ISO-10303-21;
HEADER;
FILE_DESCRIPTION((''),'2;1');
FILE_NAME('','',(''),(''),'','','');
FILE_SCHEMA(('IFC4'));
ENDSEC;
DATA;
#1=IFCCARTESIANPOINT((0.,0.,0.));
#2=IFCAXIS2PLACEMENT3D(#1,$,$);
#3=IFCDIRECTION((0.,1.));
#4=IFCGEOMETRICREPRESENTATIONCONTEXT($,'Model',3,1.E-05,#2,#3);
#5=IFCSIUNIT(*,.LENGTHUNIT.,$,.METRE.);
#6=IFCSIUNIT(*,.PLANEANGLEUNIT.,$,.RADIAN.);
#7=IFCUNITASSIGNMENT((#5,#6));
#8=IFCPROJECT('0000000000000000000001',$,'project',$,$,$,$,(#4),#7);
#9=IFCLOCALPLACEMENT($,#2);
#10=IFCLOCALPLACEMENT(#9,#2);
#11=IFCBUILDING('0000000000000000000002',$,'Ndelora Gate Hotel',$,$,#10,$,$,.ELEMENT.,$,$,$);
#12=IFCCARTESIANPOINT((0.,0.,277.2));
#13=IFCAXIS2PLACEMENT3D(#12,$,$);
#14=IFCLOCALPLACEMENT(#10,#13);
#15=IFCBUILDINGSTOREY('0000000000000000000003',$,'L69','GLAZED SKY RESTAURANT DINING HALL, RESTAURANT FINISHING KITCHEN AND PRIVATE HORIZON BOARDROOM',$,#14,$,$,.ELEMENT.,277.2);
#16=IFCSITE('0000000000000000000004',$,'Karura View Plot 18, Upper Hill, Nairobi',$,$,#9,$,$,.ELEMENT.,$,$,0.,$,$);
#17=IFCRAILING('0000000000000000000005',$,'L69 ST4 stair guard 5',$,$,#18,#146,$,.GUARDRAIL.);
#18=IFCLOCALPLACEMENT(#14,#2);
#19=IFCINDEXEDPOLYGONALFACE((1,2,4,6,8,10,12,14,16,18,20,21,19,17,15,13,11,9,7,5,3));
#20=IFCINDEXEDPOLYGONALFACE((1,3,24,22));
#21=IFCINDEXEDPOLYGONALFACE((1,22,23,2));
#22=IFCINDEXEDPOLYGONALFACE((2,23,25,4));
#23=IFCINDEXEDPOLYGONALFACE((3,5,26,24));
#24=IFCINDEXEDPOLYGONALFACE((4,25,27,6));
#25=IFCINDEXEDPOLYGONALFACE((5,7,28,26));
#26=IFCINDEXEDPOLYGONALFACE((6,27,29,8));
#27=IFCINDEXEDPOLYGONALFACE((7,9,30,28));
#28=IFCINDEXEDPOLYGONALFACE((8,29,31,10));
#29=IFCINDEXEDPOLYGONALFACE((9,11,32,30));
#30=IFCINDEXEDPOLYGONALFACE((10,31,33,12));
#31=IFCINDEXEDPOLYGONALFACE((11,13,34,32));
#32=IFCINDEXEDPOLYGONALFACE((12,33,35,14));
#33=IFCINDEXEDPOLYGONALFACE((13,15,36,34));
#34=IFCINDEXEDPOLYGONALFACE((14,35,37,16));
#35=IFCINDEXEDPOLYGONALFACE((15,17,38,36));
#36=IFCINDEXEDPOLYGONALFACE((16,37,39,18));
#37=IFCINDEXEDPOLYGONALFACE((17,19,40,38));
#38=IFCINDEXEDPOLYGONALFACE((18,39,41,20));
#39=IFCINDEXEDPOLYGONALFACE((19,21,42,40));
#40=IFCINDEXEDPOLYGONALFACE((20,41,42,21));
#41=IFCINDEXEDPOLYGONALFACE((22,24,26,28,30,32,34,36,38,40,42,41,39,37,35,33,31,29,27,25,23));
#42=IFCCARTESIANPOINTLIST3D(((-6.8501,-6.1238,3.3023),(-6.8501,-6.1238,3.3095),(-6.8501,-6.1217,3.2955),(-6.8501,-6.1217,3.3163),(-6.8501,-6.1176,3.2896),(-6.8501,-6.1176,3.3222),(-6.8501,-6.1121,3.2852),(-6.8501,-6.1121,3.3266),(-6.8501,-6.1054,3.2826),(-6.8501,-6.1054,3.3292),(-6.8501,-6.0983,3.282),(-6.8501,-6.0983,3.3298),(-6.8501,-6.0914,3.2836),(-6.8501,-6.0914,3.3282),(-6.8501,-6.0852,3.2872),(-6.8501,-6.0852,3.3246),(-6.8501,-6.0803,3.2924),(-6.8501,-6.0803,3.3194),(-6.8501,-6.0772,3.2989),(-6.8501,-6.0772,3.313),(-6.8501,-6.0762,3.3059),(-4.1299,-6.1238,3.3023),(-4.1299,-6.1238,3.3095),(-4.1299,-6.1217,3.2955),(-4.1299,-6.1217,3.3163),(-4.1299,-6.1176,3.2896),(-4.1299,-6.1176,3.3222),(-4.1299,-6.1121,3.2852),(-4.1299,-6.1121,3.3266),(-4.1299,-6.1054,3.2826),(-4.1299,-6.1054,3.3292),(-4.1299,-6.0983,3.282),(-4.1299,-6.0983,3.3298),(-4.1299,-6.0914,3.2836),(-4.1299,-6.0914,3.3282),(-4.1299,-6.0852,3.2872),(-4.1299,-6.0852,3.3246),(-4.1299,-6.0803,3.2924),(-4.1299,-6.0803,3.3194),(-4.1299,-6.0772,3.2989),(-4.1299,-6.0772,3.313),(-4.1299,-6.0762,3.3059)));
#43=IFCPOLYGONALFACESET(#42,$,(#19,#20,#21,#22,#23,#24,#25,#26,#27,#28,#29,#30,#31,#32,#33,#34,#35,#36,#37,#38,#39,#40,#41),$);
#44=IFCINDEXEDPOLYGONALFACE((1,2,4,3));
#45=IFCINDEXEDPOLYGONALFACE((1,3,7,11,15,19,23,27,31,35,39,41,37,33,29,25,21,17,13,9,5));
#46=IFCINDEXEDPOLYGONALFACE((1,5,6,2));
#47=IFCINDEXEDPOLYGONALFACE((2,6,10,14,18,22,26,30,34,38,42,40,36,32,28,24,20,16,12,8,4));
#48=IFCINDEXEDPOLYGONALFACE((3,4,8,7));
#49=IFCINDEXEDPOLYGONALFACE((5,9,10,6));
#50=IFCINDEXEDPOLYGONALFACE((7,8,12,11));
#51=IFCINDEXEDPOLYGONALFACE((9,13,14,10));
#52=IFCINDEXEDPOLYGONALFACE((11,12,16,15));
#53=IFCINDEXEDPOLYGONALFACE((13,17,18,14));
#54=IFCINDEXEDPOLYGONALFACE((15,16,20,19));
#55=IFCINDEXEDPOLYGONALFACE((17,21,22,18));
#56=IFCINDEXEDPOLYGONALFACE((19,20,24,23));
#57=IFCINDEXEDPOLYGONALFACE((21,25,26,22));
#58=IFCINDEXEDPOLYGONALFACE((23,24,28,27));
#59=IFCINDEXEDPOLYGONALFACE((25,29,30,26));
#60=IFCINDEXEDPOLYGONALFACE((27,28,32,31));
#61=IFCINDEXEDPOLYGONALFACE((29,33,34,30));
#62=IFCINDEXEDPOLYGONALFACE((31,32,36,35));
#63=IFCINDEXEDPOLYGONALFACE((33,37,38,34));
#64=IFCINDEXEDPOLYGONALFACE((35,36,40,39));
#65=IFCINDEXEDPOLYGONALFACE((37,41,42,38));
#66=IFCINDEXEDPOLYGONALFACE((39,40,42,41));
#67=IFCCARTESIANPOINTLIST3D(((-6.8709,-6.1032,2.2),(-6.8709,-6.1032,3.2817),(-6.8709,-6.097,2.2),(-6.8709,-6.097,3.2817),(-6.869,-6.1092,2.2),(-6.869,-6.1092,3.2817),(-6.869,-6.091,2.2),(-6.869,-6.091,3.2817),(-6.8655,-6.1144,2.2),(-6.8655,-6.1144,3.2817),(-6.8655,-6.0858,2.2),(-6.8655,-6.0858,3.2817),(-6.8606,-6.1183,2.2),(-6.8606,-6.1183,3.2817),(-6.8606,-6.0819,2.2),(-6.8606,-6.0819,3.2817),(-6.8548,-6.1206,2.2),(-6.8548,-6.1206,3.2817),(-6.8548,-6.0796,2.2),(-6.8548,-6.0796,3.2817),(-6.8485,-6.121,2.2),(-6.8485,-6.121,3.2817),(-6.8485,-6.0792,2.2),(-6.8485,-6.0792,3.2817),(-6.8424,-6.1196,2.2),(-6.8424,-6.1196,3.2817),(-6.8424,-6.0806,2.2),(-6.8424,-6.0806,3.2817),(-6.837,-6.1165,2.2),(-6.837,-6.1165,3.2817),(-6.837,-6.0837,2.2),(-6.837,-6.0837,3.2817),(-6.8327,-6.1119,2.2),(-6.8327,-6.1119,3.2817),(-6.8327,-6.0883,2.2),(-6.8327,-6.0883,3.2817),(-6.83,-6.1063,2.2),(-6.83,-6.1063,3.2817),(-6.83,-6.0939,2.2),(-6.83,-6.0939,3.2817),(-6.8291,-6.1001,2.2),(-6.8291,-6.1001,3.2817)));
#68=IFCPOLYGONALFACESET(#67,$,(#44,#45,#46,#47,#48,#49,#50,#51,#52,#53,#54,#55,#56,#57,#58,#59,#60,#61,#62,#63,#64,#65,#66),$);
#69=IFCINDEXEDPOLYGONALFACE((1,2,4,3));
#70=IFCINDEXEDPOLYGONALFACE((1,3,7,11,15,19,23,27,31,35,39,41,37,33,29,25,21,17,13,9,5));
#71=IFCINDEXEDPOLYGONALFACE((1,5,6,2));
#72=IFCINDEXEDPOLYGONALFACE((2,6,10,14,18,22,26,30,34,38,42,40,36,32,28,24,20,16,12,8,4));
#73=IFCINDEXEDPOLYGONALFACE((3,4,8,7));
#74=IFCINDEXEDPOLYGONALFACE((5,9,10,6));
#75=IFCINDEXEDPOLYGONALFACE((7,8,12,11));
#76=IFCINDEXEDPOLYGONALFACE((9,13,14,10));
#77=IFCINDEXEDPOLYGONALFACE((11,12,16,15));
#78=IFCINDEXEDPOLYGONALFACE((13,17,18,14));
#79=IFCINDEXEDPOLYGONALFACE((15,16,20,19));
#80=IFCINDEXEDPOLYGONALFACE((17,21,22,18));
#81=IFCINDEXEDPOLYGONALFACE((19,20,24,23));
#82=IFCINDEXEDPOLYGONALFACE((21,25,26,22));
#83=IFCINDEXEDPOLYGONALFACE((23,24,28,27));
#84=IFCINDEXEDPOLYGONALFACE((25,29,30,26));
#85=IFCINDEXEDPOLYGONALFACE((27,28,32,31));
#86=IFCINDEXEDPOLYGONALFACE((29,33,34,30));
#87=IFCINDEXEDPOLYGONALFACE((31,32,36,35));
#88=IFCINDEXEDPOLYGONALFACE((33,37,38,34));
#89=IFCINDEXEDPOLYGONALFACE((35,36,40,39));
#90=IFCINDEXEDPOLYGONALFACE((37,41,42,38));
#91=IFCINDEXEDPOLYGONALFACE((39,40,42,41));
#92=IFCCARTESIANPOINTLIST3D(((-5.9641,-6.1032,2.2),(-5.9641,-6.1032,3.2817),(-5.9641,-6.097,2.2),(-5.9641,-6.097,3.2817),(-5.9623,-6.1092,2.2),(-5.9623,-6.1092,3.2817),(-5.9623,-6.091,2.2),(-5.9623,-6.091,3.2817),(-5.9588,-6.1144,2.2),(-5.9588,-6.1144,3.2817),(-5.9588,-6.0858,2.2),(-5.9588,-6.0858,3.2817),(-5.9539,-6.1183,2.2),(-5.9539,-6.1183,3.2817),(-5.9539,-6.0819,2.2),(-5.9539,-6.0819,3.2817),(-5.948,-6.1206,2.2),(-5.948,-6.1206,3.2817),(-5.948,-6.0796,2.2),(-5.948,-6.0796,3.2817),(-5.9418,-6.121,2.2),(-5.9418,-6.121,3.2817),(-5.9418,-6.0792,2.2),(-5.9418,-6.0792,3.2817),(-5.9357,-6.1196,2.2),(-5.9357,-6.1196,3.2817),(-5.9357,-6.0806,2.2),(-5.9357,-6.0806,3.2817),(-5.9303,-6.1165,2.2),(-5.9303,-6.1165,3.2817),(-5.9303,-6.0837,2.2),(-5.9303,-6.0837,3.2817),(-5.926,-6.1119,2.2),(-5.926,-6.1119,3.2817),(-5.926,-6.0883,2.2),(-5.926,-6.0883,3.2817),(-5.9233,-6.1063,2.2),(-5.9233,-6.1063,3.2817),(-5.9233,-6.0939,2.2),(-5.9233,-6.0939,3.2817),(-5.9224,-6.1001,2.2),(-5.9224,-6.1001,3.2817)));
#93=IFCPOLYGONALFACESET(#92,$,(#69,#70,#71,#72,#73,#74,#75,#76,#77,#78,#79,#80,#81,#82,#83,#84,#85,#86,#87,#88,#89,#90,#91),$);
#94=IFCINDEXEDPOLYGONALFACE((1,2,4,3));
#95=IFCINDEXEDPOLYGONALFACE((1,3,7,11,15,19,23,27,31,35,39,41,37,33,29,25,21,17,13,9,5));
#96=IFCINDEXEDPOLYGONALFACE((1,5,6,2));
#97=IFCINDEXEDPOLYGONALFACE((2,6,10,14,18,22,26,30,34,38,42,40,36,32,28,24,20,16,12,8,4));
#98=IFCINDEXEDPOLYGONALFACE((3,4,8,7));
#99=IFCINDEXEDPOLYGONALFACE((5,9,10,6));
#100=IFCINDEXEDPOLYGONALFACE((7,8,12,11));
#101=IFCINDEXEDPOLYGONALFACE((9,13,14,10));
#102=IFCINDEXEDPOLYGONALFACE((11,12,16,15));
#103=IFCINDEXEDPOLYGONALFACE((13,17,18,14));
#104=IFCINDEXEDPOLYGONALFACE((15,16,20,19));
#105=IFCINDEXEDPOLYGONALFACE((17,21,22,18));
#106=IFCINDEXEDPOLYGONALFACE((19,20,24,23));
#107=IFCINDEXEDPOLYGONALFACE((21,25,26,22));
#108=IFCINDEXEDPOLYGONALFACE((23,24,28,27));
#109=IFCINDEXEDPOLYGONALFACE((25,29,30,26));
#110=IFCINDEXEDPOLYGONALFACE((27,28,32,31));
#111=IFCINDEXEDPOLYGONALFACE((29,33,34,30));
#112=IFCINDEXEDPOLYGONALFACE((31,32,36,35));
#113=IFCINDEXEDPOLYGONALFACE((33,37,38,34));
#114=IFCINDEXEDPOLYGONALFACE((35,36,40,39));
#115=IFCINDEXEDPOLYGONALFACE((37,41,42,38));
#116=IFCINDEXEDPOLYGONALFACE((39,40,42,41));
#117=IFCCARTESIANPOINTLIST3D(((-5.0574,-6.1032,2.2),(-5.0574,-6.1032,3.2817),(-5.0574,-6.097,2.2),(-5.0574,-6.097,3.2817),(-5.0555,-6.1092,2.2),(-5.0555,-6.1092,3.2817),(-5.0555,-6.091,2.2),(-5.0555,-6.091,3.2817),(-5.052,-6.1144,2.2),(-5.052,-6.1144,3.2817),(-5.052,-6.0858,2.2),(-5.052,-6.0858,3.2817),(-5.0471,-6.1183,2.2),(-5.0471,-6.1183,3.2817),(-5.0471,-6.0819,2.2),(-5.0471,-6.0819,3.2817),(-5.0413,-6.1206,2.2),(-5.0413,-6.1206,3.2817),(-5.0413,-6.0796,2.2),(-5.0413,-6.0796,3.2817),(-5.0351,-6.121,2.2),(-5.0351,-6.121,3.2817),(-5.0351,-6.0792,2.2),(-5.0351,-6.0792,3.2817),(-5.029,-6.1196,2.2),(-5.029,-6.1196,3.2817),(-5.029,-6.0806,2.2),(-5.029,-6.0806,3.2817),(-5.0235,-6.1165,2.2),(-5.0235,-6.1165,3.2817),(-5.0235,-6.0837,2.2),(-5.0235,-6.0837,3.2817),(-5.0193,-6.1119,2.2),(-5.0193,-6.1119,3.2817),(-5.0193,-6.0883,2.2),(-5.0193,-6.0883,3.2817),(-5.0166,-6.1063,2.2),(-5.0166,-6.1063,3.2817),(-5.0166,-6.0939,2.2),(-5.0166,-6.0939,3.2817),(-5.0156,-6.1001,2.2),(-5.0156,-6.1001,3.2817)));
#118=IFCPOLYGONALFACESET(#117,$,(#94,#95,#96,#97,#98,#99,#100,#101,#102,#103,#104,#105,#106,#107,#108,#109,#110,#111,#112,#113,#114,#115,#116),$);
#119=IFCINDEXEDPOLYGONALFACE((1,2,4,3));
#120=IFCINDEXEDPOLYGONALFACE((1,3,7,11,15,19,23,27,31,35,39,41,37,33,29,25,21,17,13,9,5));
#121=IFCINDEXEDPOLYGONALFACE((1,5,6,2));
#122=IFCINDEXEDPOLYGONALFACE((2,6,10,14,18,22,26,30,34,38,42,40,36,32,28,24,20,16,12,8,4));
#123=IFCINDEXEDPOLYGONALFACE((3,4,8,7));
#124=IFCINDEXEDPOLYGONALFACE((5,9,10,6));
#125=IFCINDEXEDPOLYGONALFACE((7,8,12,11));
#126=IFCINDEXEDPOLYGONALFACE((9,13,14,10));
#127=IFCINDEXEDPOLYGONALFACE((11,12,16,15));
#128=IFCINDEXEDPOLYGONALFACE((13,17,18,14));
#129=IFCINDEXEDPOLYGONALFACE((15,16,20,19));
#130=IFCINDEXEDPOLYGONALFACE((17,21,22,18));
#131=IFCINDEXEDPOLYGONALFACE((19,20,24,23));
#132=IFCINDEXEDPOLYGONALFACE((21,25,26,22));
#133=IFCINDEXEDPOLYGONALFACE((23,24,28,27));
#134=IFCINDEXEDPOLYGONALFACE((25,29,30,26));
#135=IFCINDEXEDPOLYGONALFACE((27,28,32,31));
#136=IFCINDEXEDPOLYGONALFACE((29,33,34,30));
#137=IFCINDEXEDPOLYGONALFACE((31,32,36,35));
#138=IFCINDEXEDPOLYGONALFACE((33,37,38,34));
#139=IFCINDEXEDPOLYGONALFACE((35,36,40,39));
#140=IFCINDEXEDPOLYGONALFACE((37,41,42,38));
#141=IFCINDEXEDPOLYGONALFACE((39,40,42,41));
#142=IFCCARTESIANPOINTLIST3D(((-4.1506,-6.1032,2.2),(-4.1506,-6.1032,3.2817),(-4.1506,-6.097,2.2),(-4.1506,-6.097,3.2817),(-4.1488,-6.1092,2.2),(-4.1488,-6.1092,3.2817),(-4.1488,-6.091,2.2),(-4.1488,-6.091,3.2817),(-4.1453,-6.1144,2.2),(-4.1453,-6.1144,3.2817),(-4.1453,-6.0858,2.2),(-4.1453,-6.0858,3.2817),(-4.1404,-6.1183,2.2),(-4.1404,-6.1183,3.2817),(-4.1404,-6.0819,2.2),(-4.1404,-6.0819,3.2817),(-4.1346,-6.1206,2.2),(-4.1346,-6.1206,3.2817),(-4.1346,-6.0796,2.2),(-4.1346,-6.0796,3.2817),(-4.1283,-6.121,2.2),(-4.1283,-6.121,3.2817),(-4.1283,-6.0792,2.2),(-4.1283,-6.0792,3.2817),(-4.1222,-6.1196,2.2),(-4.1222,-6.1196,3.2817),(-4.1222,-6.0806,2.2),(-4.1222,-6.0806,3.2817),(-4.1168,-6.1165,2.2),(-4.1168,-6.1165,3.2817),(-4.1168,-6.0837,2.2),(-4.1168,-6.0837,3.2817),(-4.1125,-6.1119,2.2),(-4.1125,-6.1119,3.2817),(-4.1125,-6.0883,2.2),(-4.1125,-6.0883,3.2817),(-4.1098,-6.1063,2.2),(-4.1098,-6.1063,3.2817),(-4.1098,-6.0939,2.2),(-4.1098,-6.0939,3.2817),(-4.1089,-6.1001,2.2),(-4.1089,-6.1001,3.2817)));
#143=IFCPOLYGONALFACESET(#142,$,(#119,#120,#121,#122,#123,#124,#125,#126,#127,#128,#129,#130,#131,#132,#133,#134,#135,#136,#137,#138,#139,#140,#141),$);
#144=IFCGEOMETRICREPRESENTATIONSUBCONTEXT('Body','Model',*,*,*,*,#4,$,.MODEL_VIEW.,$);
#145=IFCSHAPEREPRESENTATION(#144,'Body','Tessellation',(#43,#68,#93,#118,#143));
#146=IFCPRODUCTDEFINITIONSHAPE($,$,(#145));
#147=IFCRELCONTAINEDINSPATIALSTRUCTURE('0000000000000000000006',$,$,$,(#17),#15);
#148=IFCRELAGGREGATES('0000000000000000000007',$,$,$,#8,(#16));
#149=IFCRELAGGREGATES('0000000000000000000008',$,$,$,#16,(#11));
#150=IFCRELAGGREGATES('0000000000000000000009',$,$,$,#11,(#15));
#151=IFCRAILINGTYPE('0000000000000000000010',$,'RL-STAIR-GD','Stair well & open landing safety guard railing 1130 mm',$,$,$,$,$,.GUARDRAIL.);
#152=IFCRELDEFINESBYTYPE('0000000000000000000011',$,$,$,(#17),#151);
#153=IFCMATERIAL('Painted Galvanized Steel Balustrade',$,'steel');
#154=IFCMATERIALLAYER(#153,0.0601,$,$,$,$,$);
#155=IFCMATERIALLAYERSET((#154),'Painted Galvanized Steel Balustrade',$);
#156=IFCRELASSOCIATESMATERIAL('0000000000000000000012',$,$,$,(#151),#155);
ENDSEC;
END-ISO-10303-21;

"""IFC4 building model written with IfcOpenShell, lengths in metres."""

from ifc_helpers import new_model, si_unit, direction, frame, origin, origin_2d, place, context, subcontext, project, spatial, circle, extrude, material, layer, layer_set, type_object, element, save


model = new_model("IFC4")

# Units and contexts
model_context = context("Model", 3, precision=1e-05, world=origin(), true_north=direction((0.0, 1.0)))
body_context = subcontext(model_context, "Body", "Model", "MODEL_VIEW")
ifc_project = project(units=[si_unit("LENGTHUNIT", "METRE"), si_unit("PLANEANGLEUNIT", "RADIAN")], contexts=[model_context])

# Site, building, storey
site_placement = place(None, origin())
site = spatial("IfcSite", under=ifc_project, at=site_placement, Name="Karura View Plot 18, Upper Hill, Nairobi", CompositionType="ELEMENT", RefElevation=0.0)
building_placement = place(site_placement, origin())
building = spatial("IfcBuilding", under=site, at=building_placement, Name="Ndelora Gate Hotel", CompositionType="ELEMENT")
storey_placement = place(building_placement, frame((0.0, 0.0, 277.2)))
storey = spatial("IfcBuildingStorey", under=building, at=storey_placement, Name="L69", Description="GLAZED SKY RESTAURANT DINING HALL, RESTAURANT FINISHING KITCHEN AND PRIVATE HORIZON BOARDROOM", CompositionType="ELEMENT", Elevation=277.2)

# Railing
ifc_material_1 = material(Name="Painted Galvanized Steel Balustrade", Category="steel")
ifc_layer_1 = layer(ifc_material_1, 0.0601)
ifc_layer_set_1 = layer_set([ifc_layer_1], Name="Painted Galvanized Steel Balustrade")
railing_type_1 = type_object("IfcRailingType", Name="RL-STAIR-GD", Description="Stair well & open landing safety guard railing 1130 mm", PredefinedType="GUARDRAIL", material=ifc_layer_set_1)
railing_1_placement = place(storey_placement, frame((-6.8501, -6.1001, 2.2)))
element("IfcRailing", 1, at=railing_1_placement, inside=storey, type_object=railing_type_1, Name="L69 ST4 stair guard 5", PredefinedType="GUARDRAIL", context=body_context, shape_type="SweptSolid", body=[
    extrude(circle(Radius=0.0239, at=origin_2d()), frame((0.0, 0.0, 1.106), z_axis=(1.0, 0.0, 0.0), x_axis=(0.0, 1.0, 0.0)), (0.0, 0.0, 1.0), 2.7202),
    extrude(circle(Radius=0.021, at=origin_2d()), origin(), (0.0, 0.0, 1.0), 1.0818),
    extrude(circle(Radius=0.021, at=origin_2d()), frame((0.9067, 0.0, 0.0)), (0.0, 0.0, 1.0), 1.0818),
    extrude(circle(Radius=0.021, at=origin_2d()), frame((1.8135, 0.0, 0.0)), (0.0, 0.0, 1.0), 1.0818),
    extrude(circle(Radius=0.021, at=origin_2d()), frame((2.7202, 0.0, 0.0)), (0.0, 0.0, 1.0), 1.0818),
])

save(model, "model.ifc")
